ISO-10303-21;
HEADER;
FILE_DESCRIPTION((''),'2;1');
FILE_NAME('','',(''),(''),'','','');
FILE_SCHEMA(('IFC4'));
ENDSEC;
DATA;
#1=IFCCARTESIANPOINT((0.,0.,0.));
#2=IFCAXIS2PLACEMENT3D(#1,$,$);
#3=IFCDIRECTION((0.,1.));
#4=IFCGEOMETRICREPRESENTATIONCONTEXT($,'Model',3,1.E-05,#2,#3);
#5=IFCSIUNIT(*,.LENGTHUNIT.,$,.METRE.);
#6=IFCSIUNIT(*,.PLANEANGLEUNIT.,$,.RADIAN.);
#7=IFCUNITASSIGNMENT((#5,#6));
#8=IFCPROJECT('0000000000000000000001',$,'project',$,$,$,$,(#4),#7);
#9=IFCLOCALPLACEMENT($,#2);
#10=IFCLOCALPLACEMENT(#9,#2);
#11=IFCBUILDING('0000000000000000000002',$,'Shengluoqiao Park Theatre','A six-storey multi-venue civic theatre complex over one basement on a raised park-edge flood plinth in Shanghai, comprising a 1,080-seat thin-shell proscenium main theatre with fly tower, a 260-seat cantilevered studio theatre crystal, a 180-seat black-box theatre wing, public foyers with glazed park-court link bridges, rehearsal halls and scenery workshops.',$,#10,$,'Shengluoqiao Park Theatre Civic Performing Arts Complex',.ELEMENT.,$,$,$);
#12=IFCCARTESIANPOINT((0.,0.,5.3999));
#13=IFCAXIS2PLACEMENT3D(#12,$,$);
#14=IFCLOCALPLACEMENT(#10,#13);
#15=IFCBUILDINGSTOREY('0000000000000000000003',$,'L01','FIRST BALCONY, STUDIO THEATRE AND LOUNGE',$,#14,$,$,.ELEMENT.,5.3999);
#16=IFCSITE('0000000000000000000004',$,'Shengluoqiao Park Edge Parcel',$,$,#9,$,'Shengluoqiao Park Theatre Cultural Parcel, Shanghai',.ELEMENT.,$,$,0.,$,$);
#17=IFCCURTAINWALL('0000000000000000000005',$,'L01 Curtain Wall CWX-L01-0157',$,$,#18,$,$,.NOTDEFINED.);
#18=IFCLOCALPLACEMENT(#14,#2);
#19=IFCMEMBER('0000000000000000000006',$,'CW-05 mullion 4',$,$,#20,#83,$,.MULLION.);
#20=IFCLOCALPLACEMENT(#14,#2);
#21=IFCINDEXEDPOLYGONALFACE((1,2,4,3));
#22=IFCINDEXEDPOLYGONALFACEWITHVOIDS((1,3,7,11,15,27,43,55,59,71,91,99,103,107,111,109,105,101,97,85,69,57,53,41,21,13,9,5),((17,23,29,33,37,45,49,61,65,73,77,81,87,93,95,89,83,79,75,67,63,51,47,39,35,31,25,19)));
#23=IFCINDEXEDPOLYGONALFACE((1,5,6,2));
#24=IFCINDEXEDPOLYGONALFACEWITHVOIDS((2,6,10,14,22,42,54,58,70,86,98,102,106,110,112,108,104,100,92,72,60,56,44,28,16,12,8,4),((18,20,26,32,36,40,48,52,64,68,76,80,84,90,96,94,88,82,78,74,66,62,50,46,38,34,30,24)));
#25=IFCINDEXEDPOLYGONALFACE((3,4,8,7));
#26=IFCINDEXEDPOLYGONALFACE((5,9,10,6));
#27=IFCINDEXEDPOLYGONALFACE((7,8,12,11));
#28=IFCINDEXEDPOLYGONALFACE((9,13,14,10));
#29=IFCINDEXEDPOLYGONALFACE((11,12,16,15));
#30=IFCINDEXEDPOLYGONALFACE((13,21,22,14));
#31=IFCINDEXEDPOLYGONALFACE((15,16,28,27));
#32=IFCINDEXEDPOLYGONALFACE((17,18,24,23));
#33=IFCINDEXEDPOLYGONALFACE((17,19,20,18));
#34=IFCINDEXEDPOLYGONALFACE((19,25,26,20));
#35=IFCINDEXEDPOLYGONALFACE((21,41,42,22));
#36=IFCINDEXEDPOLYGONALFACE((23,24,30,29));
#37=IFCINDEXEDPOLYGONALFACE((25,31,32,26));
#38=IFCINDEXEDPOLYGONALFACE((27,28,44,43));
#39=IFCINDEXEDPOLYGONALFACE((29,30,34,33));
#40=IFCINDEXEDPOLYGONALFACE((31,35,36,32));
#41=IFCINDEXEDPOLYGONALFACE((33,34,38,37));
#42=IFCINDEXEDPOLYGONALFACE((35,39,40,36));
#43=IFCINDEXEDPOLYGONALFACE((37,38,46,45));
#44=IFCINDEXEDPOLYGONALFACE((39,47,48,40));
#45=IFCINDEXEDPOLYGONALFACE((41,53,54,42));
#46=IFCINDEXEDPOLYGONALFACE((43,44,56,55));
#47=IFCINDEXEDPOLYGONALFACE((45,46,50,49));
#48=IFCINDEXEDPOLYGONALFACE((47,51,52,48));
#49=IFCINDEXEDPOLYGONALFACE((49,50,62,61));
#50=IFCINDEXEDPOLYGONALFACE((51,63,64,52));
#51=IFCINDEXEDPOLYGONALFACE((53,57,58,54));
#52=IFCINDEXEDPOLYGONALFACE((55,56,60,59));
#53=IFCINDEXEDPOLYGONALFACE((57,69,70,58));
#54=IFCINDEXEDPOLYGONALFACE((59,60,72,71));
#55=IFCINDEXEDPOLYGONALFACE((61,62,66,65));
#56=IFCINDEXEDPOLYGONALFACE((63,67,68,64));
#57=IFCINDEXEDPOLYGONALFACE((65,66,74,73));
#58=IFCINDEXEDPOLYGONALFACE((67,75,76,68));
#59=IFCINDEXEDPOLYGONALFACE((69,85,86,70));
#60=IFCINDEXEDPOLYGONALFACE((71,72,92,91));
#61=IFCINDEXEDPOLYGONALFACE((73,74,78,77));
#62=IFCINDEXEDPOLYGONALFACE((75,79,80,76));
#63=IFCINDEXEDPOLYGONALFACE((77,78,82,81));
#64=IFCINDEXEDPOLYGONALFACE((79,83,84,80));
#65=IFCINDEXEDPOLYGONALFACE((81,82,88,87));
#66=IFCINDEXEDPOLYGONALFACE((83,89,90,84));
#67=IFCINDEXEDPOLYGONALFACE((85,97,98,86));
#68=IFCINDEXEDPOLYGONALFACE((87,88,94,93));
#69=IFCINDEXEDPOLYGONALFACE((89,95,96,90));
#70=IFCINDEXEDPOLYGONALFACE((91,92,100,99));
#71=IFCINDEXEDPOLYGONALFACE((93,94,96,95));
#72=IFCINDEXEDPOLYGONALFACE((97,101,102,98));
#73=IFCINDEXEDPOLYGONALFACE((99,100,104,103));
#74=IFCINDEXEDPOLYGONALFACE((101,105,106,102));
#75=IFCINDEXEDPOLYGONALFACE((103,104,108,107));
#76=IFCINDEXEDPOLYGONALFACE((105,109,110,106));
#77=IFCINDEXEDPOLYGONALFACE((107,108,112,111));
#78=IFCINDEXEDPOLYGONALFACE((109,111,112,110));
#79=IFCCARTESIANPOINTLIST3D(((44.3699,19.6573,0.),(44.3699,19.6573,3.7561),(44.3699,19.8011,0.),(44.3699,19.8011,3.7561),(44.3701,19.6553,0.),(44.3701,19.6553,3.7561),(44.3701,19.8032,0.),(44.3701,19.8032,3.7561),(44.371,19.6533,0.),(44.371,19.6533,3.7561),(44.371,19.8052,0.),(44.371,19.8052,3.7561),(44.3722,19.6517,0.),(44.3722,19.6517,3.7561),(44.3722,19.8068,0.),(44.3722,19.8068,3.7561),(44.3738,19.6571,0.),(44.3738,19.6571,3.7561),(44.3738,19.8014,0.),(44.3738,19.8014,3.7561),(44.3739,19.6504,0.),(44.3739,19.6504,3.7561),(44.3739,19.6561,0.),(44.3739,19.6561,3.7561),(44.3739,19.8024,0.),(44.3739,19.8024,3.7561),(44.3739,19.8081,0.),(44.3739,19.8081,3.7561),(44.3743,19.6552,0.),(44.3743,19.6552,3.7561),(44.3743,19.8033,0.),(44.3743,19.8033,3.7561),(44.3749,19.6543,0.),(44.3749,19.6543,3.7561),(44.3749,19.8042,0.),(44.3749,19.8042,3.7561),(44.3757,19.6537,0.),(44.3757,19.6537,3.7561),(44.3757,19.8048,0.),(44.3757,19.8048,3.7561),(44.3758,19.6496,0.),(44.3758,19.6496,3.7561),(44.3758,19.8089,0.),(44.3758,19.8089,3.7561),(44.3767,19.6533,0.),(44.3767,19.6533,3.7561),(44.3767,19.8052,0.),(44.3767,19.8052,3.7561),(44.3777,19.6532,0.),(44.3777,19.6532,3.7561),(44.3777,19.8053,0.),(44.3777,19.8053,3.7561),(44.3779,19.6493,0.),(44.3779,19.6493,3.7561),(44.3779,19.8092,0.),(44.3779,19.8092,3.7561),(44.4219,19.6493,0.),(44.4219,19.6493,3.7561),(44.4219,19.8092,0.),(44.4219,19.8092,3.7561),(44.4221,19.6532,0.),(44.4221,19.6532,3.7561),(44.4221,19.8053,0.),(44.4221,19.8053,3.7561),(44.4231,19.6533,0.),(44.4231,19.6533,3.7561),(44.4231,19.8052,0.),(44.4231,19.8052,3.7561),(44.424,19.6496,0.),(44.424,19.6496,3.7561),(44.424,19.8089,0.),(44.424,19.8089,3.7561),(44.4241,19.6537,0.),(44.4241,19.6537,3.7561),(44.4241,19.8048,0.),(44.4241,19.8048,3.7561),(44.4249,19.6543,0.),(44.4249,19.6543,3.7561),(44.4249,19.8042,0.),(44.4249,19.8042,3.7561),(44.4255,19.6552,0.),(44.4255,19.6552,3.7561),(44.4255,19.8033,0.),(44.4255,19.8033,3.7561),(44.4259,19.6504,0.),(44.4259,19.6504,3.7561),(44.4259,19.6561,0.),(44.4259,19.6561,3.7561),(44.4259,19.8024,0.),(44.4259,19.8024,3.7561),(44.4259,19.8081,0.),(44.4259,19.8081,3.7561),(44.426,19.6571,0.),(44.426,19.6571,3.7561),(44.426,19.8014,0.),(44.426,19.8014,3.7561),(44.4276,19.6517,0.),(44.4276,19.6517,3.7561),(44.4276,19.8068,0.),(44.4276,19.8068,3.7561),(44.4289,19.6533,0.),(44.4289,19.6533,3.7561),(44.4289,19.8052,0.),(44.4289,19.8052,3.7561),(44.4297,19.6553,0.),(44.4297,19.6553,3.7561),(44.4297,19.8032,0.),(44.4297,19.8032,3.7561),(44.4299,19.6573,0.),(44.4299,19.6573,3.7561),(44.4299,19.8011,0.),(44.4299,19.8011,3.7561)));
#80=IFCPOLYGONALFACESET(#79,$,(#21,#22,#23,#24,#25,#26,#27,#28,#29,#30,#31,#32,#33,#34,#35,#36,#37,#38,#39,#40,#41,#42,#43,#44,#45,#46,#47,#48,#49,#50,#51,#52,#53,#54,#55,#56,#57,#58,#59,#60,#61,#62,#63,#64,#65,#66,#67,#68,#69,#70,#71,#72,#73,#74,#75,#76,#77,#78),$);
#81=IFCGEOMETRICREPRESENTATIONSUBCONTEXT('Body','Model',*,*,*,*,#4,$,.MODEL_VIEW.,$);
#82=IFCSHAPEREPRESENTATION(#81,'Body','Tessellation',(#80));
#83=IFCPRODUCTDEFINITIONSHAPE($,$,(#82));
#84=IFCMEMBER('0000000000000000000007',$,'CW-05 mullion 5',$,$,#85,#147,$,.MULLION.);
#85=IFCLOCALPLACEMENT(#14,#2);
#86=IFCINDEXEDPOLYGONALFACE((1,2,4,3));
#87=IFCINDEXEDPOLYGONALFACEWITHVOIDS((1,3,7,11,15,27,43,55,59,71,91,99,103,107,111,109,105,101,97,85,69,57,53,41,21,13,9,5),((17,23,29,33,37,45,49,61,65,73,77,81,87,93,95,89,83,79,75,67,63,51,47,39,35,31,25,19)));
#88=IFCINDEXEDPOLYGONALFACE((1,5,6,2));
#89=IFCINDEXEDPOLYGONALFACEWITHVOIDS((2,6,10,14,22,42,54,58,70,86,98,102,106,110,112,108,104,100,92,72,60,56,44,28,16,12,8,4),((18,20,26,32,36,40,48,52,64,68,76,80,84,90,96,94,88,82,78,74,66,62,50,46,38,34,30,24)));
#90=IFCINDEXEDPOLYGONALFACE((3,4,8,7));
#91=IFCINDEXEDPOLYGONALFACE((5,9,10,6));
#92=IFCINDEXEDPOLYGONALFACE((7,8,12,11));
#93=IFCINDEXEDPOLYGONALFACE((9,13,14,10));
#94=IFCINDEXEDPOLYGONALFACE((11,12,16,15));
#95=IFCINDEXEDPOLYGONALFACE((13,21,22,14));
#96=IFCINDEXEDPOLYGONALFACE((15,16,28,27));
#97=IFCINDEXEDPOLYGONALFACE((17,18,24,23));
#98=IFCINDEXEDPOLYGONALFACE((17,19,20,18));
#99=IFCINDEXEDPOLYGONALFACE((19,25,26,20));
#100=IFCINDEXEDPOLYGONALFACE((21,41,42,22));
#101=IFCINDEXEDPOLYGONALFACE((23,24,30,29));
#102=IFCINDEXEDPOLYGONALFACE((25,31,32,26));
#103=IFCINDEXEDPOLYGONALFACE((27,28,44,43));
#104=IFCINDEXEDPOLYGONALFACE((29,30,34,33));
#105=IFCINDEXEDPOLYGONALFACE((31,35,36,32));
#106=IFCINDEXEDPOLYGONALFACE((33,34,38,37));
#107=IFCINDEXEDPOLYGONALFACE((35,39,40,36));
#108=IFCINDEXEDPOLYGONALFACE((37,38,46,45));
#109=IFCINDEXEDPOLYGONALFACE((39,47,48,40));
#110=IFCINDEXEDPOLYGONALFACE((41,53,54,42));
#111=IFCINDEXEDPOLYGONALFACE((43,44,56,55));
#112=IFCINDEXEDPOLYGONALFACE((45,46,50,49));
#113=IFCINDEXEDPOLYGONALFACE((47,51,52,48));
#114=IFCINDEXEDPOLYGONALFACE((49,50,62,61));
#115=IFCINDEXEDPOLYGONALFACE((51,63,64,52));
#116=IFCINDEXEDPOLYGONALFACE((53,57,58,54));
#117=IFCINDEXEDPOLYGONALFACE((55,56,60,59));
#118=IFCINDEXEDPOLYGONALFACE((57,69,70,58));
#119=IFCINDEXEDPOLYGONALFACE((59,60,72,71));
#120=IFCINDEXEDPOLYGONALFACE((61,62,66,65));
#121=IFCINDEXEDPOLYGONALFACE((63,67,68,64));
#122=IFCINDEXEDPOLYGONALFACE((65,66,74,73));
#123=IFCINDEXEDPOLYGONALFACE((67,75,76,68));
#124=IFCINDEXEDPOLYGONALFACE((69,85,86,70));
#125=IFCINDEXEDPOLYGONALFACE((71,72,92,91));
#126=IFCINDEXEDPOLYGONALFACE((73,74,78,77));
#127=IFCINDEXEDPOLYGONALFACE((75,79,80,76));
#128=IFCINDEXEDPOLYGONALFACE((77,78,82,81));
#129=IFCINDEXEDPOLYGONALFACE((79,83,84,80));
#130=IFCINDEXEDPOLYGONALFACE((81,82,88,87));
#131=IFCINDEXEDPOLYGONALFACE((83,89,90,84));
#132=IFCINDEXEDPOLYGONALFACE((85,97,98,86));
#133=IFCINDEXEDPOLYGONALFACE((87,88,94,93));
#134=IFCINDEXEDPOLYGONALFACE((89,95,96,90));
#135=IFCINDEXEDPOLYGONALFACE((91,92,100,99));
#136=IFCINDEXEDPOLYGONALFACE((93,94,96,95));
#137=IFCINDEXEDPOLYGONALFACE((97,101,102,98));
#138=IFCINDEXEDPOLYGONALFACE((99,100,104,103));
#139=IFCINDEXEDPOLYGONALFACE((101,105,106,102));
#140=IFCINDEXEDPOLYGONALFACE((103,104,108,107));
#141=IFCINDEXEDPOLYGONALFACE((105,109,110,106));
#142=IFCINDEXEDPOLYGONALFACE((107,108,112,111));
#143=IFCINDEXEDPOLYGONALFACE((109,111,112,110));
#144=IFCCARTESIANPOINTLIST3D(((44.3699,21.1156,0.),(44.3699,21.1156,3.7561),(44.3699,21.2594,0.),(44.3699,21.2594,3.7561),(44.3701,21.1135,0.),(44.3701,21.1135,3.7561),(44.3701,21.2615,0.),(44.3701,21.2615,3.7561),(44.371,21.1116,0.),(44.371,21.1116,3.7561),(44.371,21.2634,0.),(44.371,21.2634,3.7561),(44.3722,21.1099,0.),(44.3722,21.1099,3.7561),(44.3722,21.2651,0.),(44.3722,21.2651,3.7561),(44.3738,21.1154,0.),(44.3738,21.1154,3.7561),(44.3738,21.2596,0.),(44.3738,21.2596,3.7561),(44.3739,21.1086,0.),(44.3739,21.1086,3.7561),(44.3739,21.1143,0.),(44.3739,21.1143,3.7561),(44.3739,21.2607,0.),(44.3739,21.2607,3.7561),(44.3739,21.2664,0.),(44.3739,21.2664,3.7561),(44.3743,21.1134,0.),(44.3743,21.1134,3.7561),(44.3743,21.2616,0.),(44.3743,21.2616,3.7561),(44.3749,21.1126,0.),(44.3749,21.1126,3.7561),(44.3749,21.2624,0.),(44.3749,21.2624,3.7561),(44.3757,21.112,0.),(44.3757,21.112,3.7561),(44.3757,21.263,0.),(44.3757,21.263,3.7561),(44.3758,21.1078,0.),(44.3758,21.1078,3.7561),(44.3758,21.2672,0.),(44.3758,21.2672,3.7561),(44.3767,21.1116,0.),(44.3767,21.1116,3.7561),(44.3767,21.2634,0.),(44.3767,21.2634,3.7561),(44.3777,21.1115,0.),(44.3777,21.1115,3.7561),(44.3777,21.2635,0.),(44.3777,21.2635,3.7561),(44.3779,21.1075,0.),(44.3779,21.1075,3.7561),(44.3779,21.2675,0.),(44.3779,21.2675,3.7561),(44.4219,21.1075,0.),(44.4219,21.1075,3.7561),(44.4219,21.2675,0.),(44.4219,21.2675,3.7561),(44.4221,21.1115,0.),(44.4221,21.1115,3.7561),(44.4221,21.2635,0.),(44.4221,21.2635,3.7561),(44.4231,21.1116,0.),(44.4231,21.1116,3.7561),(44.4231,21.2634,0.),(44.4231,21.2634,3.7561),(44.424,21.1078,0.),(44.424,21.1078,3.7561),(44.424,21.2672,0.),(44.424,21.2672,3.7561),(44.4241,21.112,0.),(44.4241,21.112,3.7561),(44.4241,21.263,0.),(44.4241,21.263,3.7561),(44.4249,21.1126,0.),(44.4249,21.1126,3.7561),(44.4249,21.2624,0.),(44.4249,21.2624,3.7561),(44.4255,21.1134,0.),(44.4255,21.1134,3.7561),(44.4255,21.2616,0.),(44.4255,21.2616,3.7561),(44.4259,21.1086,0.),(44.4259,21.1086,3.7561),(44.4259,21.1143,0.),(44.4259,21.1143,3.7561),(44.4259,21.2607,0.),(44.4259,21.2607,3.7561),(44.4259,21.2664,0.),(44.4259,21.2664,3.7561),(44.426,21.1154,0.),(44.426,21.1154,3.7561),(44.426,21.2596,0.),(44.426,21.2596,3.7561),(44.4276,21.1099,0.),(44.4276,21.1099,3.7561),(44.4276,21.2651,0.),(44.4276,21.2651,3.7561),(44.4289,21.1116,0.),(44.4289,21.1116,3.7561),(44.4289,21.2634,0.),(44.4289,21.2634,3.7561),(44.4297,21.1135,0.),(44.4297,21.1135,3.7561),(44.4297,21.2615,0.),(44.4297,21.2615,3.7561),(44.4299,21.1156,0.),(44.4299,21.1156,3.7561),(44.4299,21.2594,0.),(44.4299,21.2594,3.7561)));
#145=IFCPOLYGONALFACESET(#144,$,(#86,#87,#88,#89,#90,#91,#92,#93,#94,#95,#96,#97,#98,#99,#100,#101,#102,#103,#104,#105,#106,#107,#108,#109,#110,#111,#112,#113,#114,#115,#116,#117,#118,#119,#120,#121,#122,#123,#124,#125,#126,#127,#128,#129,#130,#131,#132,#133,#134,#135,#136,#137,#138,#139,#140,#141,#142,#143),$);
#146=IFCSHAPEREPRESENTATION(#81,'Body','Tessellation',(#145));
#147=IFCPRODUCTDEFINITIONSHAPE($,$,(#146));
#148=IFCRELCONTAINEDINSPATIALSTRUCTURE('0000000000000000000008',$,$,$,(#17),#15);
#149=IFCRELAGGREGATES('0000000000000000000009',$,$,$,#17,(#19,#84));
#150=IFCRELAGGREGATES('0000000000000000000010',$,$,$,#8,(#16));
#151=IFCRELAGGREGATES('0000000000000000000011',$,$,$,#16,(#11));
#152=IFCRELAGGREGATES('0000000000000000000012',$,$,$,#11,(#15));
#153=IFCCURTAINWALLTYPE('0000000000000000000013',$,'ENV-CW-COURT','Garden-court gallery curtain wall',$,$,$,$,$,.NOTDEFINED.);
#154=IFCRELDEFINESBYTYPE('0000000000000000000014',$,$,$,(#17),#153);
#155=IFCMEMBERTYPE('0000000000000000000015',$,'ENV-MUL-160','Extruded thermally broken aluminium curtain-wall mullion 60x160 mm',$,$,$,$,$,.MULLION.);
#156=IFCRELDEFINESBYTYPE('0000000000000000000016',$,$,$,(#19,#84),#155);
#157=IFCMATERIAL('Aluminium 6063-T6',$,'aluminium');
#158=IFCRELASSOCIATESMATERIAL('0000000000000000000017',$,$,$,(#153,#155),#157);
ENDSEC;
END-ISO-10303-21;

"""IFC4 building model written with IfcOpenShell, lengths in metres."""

from ifc_helpers import new_model, si_unit, direction, frame, origin, origin_2d, place, context, subcontext, project, spatial, hollow_rectangle, extrude, material, material_profile, profile_set, type_object, element, aggregate, save


model = new_model("IFC4")

# Units and contexts
model_context = context("Model", 3, precision=1e-05, world=origin(), true_north=direction((0.0, 1.0)))
body_context = subcontext(model_context, "Body", "Model", "MODEL_VIEW")
ifc_project = project(units=[si_unit("LENGTHUNIT", "METRE"), si_unit("PLANEANGLEUNIT", "RADIAN")], contexts=[model_context])

# Site, building, storey
site_placement = place(None, origin())
site = spatial("IfcSite", under=ifc_project, at=site_placement, Name="Shengluoqiao Park Edge Parcel", LongName="Shengluoqiao Park Theatre Cultural Parcel, Shanghai", CompositionType="ELEMENT", RefElevation=0.0)
building_placement = place(site_placement, origin())
building = spatial("IfcBuilding", under=site, at=building_placement, Name="Shengluoqiao Park Theatre", Description="A six-storey multi-venue civic theatre complex over one basement on a raised park-edge flood plinth in Shanghai, comprising a 1,080-seat thin-shell proscenium main theatre with fly tower, a 260-seat cantilevered studio theatre crystal, a 180-seat black-box theatre wing, public foyers with glazed park-court link bridges, rehearsal halls and scenery workshops.", LongName="Shengluoqiao Park Theatre Civic Performing Arts Complex", CompositionType="ELEMENT")
storey_placement = place(building_placement, frame((0.0, 0.0, 5.3999)))
storey = spatial("IfcBuildingStorey", under=building, at=storey_placement, Name="L01", Description="FIRST BALCONY, STUDIO THEATRE AND LOUNGE", CompositionType="ELEMENT", Elevation=5.3999)

# Curtain wall, members
ifc_material_1 = material(Name="Aluminium 6063-T6", Category="aluminium")
curtain_wall_type = type_object("IfcCurtainWallType", Name="ENV-CW-COURT", Description="Garden-court gallery curtain wall", PredefinedType="NOTDEFINED", material=ifc_material_1)
curtain_wall_placement = place(storey_placement, origin())
curtain_wall = element("IfcCurtainWall", 1, at=curtain_wall_placement, inside=storey, type_object=curtain_wall_type, Name="L01 Curtain Wall CWX-L01-0157", PredefinedType="NOTDEFINED")
ifc_material_profile_1 = material_profile(ifc_material_1, hollow_rectangle(XDim=0.0601, YDim=0.1599, WallThickness=0.0039, InnerFilletRadius=0.0039, OuterFilletRadius=0.0081, at=origin_2d()), Name="ALU MULLION 160x60x4")
ifc_profile_set_1 = profile_set([ifc_material_profile_1], Name="Aluminium 6063-T6")
member_type_1 = type_object("IfcMemberType", Name="ENV-MUL-160", Description="Extruded thermally broken aluminium curtain-wall mullion 60x160 mm", PredefinedType="MULLION", material=ifc_profile_set_1)
member_1_placement = place(storey_placement, frame((44.3999, 19.7292, 0.0), z_axis=(0.0, 0.0, 1.0), x_axis=(-1.0, 0.0, 0.0)))
member_1 = element("IfcMember", 2, at=member_1_placement, type_object=member_type_1, Name="CW-05 mullion 4", PredefinedType="MULLION", context=body_context, shape_type="SweptSolid", body=[
    extrude(hollow_rectangle(XDim=0.0601, YDim=0.1599, WallThickness=0.0039, InnerFilletRadius=0.0039, OuterFilletRadius=0.0081, at=origin_2d()), origin(), (0.0, 0.0, 1.0), 3.7561),
])
member_2_placement = place(storey_placement, frame((44.3999, 21.1875, 0.0), z_axis=(0.0, 0.0, 1.0), x_axis=(-1.0, 0.0, 0.0)))
member_2 = element("IfcMember", 3, at=member_2_placement, type_object=member_type_1, Name="CW-05 mullion 5", PredefinedType="MULLION", context=body_context, shape_type="SweptSolid", body=[
    extrude(hollow_rectangle(XDim=0.0601, YDim=0.1599, WallThickness=0.0039, InnerFilletRadius=0.0039, OuterFilletRadius=0.0081, at=origin_2d()), origin(), (0.0, 0.0, 1.0), 3.7561),
])
aggregate(curtain_wall, [member_1, member_2])

save(model, "model.ifc")
